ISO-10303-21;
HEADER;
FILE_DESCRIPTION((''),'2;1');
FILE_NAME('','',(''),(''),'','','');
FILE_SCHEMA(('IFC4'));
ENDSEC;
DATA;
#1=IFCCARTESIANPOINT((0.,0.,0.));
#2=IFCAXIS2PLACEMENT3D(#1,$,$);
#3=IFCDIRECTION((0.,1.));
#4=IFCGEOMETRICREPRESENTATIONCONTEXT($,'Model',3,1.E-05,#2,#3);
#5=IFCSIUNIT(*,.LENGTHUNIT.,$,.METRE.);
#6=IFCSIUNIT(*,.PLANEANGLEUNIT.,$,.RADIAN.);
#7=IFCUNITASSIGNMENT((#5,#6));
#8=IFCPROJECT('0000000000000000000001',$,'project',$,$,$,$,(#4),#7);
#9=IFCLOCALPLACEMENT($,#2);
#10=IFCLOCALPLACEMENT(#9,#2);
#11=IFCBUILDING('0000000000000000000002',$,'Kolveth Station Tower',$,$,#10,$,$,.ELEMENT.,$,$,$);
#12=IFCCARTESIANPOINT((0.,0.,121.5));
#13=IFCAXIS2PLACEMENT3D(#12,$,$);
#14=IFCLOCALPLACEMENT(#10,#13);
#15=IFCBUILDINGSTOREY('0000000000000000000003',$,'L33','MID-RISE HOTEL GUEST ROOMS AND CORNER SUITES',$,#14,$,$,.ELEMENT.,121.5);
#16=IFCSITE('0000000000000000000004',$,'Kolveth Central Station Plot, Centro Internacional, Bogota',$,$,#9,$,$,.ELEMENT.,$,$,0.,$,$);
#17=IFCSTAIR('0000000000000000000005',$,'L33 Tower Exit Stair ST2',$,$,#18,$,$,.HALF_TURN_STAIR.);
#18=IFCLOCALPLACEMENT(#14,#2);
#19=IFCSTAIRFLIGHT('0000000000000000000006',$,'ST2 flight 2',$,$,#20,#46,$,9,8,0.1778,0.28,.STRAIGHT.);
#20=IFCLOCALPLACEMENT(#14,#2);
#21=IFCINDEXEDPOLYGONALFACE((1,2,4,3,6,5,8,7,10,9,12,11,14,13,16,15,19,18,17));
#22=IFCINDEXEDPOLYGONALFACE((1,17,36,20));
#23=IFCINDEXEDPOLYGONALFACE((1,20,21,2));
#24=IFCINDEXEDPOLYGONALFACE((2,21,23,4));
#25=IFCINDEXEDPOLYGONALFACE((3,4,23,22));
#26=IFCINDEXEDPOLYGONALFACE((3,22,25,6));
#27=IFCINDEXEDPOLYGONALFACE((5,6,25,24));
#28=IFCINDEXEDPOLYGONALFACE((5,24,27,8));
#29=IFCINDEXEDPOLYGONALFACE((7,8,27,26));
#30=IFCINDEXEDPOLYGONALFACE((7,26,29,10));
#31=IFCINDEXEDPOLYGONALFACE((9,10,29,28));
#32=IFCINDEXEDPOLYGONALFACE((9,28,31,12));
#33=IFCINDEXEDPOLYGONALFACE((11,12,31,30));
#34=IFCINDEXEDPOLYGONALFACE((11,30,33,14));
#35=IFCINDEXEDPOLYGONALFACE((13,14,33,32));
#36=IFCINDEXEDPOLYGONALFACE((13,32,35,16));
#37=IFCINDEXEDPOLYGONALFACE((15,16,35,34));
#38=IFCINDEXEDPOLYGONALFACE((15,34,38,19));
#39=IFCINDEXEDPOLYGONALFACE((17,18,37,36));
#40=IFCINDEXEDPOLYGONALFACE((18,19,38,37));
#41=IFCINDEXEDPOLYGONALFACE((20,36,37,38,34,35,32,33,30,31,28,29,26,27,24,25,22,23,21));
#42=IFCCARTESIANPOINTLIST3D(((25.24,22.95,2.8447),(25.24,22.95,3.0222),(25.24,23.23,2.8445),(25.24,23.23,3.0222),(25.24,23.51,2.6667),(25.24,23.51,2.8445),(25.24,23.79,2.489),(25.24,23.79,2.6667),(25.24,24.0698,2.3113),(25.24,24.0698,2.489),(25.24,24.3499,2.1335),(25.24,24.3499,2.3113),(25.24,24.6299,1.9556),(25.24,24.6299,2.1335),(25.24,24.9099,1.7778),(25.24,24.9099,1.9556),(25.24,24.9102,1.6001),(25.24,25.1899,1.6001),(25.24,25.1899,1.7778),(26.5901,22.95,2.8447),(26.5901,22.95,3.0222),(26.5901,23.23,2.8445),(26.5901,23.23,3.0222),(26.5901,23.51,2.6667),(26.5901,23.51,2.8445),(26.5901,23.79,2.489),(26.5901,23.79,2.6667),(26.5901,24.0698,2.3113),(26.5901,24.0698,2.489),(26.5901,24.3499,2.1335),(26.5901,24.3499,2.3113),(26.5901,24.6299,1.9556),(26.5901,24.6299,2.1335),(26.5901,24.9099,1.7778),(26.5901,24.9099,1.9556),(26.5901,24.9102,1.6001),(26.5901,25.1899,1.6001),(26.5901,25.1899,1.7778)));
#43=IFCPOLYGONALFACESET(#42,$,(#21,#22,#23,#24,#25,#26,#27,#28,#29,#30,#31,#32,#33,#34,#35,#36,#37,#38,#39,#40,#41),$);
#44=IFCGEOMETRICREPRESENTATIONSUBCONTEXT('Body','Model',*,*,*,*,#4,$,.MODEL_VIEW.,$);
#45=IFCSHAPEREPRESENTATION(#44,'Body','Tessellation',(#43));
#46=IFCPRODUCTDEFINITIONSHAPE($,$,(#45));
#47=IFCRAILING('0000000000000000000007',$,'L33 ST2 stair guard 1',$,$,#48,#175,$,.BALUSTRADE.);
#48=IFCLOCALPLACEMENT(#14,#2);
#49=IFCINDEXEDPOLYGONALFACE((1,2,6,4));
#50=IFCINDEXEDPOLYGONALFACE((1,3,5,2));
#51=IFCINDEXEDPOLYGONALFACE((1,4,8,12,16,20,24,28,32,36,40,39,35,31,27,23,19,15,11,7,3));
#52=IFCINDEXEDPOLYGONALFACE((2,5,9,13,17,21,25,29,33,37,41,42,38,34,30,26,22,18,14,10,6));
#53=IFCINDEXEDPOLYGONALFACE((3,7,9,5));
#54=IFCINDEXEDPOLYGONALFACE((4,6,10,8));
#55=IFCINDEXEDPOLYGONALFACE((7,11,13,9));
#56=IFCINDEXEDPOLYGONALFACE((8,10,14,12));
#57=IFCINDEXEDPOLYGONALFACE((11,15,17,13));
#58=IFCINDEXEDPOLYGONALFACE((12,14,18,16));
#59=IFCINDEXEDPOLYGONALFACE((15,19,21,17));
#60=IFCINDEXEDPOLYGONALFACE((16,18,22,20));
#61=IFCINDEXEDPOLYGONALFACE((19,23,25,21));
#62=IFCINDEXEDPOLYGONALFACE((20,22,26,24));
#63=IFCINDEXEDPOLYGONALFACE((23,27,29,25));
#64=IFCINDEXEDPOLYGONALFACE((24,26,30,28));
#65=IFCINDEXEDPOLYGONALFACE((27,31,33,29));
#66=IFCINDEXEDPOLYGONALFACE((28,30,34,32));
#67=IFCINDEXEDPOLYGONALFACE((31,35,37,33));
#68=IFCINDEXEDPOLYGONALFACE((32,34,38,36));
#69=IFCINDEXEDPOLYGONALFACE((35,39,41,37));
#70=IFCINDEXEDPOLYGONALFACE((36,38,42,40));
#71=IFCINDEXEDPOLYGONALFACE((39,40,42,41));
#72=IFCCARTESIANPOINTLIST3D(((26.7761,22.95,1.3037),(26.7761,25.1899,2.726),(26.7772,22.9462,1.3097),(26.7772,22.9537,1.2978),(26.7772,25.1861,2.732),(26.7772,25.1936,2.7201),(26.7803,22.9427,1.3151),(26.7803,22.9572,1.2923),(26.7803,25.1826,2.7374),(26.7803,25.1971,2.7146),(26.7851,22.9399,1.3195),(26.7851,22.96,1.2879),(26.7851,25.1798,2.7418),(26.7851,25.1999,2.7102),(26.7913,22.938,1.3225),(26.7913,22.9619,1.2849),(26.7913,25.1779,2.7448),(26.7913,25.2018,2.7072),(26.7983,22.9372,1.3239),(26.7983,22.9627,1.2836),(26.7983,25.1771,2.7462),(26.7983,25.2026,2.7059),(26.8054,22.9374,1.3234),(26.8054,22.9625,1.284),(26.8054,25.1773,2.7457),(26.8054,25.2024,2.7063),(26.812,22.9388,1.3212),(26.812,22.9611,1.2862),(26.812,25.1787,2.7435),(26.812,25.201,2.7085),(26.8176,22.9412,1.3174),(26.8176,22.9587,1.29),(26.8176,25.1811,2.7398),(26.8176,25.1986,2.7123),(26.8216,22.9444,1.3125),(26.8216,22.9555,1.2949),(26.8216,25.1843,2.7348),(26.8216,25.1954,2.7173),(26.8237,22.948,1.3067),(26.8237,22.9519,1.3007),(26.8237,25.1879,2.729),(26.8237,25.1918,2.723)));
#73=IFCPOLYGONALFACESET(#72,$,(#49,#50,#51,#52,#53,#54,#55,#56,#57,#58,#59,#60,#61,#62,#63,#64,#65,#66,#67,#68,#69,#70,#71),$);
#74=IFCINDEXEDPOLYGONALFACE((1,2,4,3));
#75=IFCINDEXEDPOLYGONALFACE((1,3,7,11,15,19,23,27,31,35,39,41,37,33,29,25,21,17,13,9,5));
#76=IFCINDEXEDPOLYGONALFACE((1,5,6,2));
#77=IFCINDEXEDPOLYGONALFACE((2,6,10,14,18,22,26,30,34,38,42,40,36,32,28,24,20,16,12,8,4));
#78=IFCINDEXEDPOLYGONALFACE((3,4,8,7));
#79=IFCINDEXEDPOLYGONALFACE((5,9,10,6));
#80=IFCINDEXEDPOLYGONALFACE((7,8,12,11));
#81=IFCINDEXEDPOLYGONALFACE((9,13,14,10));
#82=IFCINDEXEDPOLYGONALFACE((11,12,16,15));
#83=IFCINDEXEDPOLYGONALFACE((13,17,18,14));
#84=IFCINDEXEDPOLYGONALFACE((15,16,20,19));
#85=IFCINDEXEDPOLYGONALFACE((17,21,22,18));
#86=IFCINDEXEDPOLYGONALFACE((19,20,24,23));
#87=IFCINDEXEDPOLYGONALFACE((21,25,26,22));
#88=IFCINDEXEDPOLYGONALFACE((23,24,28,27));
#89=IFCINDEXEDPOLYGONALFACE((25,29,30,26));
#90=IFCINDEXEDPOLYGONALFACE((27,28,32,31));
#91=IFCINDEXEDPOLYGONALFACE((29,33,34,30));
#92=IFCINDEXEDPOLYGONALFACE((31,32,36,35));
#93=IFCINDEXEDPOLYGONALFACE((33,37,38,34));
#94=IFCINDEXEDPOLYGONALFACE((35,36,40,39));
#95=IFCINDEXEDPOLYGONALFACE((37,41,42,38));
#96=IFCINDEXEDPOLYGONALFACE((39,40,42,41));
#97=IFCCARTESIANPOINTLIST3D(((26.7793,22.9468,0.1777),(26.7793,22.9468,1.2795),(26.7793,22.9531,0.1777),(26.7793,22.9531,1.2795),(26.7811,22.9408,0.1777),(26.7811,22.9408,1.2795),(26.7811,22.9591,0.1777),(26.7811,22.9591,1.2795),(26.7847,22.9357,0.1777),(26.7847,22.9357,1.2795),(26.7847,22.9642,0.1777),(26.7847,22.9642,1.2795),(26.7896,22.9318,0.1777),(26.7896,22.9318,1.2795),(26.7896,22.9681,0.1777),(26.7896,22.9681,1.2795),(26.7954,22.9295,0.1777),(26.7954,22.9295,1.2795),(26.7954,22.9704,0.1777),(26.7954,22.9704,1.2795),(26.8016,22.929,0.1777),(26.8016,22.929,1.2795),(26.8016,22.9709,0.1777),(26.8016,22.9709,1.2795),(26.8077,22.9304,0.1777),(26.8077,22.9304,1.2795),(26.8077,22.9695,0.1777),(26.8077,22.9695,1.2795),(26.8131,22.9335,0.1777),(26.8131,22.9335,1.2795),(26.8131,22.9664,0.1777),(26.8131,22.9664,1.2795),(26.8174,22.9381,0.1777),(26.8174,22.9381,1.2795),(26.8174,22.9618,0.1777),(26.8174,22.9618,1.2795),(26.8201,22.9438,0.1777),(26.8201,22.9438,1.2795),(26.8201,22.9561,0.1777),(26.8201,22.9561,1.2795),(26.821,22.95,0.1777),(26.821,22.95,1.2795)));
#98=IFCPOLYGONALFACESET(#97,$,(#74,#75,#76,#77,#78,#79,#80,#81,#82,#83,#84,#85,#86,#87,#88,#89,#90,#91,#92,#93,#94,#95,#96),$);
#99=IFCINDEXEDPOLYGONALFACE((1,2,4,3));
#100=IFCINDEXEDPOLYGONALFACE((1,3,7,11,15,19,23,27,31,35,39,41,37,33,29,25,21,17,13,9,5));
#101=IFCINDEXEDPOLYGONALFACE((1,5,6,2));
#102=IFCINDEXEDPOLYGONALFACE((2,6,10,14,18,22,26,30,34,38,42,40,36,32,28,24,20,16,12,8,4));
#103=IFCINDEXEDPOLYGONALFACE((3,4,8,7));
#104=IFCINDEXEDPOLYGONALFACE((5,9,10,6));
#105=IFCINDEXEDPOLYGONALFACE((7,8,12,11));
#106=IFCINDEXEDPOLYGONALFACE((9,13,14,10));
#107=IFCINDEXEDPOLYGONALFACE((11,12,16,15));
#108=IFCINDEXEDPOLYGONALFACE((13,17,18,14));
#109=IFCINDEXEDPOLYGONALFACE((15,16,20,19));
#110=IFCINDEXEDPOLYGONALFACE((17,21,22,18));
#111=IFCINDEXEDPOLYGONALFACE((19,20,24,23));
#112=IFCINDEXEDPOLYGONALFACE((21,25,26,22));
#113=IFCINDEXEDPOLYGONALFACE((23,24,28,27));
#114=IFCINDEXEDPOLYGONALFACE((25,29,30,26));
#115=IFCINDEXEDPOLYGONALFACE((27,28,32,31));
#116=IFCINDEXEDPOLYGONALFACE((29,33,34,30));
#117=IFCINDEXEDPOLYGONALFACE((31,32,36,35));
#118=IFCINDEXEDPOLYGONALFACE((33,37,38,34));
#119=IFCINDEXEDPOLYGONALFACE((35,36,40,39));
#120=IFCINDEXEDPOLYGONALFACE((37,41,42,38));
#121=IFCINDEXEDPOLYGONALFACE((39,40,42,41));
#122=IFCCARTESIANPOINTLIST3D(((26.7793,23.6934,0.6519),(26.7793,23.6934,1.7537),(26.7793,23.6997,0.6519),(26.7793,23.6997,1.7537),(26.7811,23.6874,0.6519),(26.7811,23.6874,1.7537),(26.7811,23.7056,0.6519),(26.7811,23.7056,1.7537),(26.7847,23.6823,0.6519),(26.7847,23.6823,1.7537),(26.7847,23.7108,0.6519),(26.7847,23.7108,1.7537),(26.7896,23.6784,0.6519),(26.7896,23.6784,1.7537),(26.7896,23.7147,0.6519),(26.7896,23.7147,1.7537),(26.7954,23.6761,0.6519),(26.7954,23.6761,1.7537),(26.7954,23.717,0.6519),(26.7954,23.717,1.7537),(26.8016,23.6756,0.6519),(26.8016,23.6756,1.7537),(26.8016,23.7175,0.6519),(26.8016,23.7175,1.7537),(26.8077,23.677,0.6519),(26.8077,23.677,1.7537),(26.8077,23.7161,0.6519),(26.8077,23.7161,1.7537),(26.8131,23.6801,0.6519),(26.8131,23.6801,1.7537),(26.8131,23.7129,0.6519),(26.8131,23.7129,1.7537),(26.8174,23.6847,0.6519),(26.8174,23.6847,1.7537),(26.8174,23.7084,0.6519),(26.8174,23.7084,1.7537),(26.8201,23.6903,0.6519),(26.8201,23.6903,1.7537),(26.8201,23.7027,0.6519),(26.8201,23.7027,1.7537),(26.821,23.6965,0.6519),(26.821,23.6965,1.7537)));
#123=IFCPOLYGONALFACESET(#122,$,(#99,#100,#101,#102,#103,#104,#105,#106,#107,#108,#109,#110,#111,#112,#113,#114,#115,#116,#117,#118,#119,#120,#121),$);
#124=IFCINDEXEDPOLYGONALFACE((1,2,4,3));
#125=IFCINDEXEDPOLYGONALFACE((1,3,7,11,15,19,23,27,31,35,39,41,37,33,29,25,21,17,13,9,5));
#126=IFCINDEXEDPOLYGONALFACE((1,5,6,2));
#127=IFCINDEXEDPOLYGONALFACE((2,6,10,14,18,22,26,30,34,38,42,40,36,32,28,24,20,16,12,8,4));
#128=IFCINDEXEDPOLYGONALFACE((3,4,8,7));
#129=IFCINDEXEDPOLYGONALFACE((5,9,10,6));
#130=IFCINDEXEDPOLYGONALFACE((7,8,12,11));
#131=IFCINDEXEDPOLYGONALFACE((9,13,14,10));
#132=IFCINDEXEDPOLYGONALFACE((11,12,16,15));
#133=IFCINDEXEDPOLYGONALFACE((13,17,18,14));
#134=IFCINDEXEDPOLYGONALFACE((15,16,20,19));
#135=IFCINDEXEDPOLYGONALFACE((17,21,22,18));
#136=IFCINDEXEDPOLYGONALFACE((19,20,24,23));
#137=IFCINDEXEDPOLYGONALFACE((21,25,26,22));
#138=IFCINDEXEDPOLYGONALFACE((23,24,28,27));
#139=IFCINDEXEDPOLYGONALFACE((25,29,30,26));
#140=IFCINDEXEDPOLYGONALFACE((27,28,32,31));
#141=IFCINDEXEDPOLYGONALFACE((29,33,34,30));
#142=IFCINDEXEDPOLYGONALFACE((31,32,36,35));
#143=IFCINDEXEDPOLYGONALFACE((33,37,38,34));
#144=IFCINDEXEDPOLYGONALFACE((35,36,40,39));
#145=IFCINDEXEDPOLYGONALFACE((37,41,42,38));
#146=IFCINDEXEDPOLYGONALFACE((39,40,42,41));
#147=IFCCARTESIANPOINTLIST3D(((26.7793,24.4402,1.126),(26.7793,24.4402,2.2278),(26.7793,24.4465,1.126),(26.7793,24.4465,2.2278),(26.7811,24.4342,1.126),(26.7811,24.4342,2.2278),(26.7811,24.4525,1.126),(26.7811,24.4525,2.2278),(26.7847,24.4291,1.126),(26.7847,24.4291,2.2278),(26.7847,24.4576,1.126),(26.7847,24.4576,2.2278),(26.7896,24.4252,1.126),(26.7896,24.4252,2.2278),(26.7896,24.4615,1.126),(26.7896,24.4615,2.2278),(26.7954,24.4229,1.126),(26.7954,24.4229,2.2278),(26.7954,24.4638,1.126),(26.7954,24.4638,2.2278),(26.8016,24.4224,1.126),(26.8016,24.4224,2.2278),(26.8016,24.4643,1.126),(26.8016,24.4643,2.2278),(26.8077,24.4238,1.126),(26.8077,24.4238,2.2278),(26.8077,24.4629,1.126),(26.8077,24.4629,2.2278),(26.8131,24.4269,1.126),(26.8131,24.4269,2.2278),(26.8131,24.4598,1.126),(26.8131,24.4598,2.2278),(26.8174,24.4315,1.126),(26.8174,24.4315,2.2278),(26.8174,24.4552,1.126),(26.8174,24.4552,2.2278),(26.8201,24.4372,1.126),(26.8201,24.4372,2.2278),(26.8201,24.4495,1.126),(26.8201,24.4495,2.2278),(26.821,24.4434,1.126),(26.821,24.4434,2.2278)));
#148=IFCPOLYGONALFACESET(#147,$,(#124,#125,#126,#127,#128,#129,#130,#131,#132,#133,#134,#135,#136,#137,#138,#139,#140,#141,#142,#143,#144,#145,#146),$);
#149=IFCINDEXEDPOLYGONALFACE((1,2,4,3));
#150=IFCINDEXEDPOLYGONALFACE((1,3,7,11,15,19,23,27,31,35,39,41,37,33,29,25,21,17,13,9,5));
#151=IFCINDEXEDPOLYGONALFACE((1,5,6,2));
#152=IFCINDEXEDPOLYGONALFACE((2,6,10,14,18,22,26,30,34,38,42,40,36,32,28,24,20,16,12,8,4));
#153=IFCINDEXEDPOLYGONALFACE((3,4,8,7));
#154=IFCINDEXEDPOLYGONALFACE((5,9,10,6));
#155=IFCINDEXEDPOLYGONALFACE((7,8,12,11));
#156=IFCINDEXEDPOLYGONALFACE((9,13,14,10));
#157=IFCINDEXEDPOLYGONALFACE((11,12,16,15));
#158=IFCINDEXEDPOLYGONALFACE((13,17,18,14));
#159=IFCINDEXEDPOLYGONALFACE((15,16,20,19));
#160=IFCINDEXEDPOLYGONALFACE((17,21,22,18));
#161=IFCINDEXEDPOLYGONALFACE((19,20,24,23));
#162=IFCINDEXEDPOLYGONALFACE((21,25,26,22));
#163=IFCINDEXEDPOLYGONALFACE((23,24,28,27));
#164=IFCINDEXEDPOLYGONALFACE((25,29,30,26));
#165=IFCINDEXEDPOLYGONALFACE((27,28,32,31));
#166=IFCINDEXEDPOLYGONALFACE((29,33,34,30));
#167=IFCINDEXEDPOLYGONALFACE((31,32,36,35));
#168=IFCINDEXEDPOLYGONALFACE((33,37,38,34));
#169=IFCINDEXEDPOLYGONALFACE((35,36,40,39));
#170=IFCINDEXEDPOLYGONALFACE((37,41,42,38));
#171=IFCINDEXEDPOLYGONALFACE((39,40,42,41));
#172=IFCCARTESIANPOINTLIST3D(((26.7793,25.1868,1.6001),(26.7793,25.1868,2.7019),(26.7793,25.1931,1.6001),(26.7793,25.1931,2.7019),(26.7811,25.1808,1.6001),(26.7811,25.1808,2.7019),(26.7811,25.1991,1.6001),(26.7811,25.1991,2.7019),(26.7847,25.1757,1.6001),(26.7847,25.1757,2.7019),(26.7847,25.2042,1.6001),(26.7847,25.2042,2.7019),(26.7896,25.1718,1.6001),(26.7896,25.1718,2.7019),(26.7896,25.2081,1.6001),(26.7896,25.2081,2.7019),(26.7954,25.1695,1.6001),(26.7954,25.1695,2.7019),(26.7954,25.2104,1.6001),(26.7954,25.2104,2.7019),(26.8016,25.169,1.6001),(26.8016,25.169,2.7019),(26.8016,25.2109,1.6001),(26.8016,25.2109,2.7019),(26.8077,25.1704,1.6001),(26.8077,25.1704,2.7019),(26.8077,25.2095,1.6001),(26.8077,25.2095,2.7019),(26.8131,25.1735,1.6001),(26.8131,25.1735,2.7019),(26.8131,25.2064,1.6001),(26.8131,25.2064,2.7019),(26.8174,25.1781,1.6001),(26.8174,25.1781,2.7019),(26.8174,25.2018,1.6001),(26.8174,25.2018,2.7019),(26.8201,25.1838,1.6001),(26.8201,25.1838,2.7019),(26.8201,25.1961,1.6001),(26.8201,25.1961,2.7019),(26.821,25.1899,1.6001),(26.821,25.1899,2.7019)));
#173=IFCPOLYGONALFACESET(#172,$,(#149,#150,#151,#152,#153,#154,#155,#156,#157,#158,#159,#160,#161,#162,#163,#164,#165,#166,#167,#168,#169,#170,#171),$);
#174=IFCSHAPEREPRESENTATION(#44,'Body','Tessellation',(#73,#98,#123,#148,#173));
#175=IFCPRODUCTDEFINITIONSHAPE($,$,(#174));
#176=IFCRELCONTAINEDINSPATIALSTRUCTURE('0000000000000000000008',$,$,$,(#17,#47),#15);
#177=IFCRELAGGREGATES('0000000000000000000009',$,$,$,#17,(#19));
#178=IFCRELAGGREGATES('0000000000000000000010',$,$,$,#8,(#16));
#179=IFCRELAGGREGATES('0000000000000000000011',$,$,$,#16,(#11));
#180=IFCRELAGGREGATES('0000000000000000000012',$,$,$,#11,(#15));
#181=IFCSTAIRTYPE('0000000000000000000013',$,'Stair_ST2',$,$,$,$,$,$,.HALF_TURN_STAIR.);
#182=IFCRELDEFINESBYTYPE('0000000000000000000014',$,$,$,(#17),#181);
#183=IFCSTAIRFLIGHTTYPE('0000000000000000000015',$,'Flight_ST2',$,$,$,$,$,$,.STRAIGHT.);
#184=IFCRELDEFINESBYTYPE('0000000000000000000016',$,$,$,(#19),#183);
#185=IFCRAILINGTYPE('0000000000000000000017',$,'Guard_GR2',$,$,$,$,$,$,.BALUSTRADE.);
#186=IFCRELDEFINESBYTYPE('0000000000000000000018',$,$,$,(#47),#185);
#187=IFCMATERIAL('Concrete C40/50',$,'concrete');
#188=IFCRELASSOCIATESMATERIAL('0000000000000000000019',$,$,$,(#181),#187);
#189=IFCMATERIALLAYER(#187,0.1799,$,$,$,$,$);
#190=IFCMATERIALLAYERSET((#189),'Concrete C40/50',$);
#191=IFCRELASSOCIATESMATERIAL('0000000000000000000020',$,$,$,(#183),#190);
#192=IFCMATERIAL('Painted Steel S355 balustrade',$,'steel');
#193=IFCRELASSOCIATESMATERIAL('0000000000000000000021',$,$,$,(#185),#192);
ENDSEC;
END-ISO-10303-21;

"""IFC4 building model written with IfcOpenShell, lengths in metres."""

from ifc_helpers import new_model, si_unit, direction, frame, origin, origin_2d, place, context, subcontext, project, spatial, polyline, circle, outline, extrude, material, layer, layer_set, type_object, element, aggregate, save


model = new_model("IFC4")

# Units and contexts
model_context = context("Model", 3, precision=1e-05, world=origin(), true_north=direction((0.0, 1.0)))
body_context = subcontext(model_context, "Body", "Model", "MODEL_VIEW")
ifc_project = project(units=[si_unit("LENGTHUNIT", "METRE"), si_unit("PLANEANGLEUNIT", "RADIAN")], contexts=[model_context])

# Site, building, storey
site_placement = place(None, origin())
site = spatial("IfcSite", under=ifc_project, at=site_placement, Name="Kolveth Central Station Plot, Centro Internacional, Bogota", CompositionType="ELEMENT", RefElevation=0.0)
building_placement = place(site_placement, origin())
building = spatial("IfcBuilding", under=site, at=building_placement, Name="Kolveth Station Tower", CompositionType="ELEMENT")
storey_placement = place(building_placement, frame((0.0, 0.0, 121.5)))
storey = spatial("IfcBuildingStorey", under=building, at=storey_placement, Name="L33", Description="MID-RISE HOTEL GUEST ROOMS AND CORNER SUITES", CompositionType="ELEMENT", Elevation=121.5)

# Shared definitions
ifc_material_1 = material(Name="Concrete C40/50", Category="concrete")

# Stair, stair flight
stair_type = type_object("IfcStairType", Name="Stair_ST2", PredefinedType="HALF_TURN_STAIR", material=ifc_material_1)
stair_placement = place(storey_placement, origin())
stair = element("IfcStair", 1, at=stair_placement, inside=storey, type_object=stair_type, Name="L33 Tower Exit Stair ST2", PredefinedType="HALF_TURN_STAIR")
ifc_layer_1 = layer(ifc_material_1, 0.1799)
ifc_layer_set_1 = layer_set([ifc_layer_1], Name="Concrete C40/50")
stair_flight_type = type_object("IfcStairFlightType", Name="Flight_ST2", PredefinedType="STRAIGHT", material=ifc_layer_set_1)
stair_flight_1_placement = place(storey_placement, frame((25.915, 25.1899, 1.6001), z_axis=(0.0, 0.0, 1.0), x_axis=(0.0, -1.0, 0.0)))
stair_flight_1 = element("IfcStairFlight", 2, at=stair_flight_1_placement, type_object=stair_flight_type, Name="ST2 flight 2", NumberOfRisers=9, NumberOfTreads=8, PredefinedType="STRAIGHT", RiserHeight=0.1778, TreadLength=0.28, context=body_context, shape_type="SweptSolid", body=[
    extrude(outline(polyline([(0.0, 0.0), (0.0, 0.1777), (0.28, 0.1777), (0.28, 0.3555), (0.5601, 0.3555), (0.5601, 0.5334), (0.8401, 0.5334), (0.8401, 0.7112), (1.1201, 0.7112), (1.1201, 0.8889), (1.3999, 0.8889), (1.3999, 1.0667), (1.6799, 1.0667), (1.6799, 1.2444), (1.96, 1.2444), (1.96, 1.4221), (2.24, 1.4221), (2.24, 1.6001), (2.24, 1.2446), (0.2798, 0.0), (0.0, 0.0)])), frame((0.0, 0.675, 0.0), z_axis=(0.0, -1.0, 0.0), x_axis=(1.0, 0.0, 0.0)), (0.0, 0.0, 1.0), 1.3501),
])
aggregate(stair, [stair_flight_1])

# Railing
ifc_material_2 = material(Name="Painted Steel S355 balustrade", Category="steel")
railing_type_1 = type_object("IfcRailingType", Name="Guard_GR2", PredefinedType="BALUSTRADE", material=ifc_material_2)
railing_1_placement = place(storey_placement, frame((26.8, 22.95, 0.1777)))
element("IfcRailing", 3, at=railing_1_placement, inside=storey, type_object=railing_type_1, Name="L33 ST2 stair guard 1", PredefinedType="BALUSTRADE", context=body_context, shape_type="SweptSolid", body=[
    extrude(circle(Radius=0.0239, at=origin_2d()), frame((0.0, 0.0, 1.126), z_axis=(0.0, 0.844188, 0.536048), x_axis=(-1.0, 0.0, 0.0)), (0.0, 0.0, 1.0), 2.6533),
    extrude(circle(Radius=0.021, at=origin_2d()), origin(), (0.0, 0.0, 1.0), 1.1018),
    extrude(circle(Radius=0.021, at=origin_2d()), frame((0.0, 0.7466, 0.4741)), (0.0, 0.0, 1.0), 1.1018),
    extrude(circle(Radius=0.021, at=origin_2d()), frame((0.0, 1.4934, 0.9482)), (0.0, 0.0, 1.0), 1.1018),
    extrude(circle(Radius=0.021, at=origin_2d()), frame((0.0, 2.24, 1.4224)), (0.0, 0.0, 1.0), 1.1018),
])

save(model, "model.ifc")
